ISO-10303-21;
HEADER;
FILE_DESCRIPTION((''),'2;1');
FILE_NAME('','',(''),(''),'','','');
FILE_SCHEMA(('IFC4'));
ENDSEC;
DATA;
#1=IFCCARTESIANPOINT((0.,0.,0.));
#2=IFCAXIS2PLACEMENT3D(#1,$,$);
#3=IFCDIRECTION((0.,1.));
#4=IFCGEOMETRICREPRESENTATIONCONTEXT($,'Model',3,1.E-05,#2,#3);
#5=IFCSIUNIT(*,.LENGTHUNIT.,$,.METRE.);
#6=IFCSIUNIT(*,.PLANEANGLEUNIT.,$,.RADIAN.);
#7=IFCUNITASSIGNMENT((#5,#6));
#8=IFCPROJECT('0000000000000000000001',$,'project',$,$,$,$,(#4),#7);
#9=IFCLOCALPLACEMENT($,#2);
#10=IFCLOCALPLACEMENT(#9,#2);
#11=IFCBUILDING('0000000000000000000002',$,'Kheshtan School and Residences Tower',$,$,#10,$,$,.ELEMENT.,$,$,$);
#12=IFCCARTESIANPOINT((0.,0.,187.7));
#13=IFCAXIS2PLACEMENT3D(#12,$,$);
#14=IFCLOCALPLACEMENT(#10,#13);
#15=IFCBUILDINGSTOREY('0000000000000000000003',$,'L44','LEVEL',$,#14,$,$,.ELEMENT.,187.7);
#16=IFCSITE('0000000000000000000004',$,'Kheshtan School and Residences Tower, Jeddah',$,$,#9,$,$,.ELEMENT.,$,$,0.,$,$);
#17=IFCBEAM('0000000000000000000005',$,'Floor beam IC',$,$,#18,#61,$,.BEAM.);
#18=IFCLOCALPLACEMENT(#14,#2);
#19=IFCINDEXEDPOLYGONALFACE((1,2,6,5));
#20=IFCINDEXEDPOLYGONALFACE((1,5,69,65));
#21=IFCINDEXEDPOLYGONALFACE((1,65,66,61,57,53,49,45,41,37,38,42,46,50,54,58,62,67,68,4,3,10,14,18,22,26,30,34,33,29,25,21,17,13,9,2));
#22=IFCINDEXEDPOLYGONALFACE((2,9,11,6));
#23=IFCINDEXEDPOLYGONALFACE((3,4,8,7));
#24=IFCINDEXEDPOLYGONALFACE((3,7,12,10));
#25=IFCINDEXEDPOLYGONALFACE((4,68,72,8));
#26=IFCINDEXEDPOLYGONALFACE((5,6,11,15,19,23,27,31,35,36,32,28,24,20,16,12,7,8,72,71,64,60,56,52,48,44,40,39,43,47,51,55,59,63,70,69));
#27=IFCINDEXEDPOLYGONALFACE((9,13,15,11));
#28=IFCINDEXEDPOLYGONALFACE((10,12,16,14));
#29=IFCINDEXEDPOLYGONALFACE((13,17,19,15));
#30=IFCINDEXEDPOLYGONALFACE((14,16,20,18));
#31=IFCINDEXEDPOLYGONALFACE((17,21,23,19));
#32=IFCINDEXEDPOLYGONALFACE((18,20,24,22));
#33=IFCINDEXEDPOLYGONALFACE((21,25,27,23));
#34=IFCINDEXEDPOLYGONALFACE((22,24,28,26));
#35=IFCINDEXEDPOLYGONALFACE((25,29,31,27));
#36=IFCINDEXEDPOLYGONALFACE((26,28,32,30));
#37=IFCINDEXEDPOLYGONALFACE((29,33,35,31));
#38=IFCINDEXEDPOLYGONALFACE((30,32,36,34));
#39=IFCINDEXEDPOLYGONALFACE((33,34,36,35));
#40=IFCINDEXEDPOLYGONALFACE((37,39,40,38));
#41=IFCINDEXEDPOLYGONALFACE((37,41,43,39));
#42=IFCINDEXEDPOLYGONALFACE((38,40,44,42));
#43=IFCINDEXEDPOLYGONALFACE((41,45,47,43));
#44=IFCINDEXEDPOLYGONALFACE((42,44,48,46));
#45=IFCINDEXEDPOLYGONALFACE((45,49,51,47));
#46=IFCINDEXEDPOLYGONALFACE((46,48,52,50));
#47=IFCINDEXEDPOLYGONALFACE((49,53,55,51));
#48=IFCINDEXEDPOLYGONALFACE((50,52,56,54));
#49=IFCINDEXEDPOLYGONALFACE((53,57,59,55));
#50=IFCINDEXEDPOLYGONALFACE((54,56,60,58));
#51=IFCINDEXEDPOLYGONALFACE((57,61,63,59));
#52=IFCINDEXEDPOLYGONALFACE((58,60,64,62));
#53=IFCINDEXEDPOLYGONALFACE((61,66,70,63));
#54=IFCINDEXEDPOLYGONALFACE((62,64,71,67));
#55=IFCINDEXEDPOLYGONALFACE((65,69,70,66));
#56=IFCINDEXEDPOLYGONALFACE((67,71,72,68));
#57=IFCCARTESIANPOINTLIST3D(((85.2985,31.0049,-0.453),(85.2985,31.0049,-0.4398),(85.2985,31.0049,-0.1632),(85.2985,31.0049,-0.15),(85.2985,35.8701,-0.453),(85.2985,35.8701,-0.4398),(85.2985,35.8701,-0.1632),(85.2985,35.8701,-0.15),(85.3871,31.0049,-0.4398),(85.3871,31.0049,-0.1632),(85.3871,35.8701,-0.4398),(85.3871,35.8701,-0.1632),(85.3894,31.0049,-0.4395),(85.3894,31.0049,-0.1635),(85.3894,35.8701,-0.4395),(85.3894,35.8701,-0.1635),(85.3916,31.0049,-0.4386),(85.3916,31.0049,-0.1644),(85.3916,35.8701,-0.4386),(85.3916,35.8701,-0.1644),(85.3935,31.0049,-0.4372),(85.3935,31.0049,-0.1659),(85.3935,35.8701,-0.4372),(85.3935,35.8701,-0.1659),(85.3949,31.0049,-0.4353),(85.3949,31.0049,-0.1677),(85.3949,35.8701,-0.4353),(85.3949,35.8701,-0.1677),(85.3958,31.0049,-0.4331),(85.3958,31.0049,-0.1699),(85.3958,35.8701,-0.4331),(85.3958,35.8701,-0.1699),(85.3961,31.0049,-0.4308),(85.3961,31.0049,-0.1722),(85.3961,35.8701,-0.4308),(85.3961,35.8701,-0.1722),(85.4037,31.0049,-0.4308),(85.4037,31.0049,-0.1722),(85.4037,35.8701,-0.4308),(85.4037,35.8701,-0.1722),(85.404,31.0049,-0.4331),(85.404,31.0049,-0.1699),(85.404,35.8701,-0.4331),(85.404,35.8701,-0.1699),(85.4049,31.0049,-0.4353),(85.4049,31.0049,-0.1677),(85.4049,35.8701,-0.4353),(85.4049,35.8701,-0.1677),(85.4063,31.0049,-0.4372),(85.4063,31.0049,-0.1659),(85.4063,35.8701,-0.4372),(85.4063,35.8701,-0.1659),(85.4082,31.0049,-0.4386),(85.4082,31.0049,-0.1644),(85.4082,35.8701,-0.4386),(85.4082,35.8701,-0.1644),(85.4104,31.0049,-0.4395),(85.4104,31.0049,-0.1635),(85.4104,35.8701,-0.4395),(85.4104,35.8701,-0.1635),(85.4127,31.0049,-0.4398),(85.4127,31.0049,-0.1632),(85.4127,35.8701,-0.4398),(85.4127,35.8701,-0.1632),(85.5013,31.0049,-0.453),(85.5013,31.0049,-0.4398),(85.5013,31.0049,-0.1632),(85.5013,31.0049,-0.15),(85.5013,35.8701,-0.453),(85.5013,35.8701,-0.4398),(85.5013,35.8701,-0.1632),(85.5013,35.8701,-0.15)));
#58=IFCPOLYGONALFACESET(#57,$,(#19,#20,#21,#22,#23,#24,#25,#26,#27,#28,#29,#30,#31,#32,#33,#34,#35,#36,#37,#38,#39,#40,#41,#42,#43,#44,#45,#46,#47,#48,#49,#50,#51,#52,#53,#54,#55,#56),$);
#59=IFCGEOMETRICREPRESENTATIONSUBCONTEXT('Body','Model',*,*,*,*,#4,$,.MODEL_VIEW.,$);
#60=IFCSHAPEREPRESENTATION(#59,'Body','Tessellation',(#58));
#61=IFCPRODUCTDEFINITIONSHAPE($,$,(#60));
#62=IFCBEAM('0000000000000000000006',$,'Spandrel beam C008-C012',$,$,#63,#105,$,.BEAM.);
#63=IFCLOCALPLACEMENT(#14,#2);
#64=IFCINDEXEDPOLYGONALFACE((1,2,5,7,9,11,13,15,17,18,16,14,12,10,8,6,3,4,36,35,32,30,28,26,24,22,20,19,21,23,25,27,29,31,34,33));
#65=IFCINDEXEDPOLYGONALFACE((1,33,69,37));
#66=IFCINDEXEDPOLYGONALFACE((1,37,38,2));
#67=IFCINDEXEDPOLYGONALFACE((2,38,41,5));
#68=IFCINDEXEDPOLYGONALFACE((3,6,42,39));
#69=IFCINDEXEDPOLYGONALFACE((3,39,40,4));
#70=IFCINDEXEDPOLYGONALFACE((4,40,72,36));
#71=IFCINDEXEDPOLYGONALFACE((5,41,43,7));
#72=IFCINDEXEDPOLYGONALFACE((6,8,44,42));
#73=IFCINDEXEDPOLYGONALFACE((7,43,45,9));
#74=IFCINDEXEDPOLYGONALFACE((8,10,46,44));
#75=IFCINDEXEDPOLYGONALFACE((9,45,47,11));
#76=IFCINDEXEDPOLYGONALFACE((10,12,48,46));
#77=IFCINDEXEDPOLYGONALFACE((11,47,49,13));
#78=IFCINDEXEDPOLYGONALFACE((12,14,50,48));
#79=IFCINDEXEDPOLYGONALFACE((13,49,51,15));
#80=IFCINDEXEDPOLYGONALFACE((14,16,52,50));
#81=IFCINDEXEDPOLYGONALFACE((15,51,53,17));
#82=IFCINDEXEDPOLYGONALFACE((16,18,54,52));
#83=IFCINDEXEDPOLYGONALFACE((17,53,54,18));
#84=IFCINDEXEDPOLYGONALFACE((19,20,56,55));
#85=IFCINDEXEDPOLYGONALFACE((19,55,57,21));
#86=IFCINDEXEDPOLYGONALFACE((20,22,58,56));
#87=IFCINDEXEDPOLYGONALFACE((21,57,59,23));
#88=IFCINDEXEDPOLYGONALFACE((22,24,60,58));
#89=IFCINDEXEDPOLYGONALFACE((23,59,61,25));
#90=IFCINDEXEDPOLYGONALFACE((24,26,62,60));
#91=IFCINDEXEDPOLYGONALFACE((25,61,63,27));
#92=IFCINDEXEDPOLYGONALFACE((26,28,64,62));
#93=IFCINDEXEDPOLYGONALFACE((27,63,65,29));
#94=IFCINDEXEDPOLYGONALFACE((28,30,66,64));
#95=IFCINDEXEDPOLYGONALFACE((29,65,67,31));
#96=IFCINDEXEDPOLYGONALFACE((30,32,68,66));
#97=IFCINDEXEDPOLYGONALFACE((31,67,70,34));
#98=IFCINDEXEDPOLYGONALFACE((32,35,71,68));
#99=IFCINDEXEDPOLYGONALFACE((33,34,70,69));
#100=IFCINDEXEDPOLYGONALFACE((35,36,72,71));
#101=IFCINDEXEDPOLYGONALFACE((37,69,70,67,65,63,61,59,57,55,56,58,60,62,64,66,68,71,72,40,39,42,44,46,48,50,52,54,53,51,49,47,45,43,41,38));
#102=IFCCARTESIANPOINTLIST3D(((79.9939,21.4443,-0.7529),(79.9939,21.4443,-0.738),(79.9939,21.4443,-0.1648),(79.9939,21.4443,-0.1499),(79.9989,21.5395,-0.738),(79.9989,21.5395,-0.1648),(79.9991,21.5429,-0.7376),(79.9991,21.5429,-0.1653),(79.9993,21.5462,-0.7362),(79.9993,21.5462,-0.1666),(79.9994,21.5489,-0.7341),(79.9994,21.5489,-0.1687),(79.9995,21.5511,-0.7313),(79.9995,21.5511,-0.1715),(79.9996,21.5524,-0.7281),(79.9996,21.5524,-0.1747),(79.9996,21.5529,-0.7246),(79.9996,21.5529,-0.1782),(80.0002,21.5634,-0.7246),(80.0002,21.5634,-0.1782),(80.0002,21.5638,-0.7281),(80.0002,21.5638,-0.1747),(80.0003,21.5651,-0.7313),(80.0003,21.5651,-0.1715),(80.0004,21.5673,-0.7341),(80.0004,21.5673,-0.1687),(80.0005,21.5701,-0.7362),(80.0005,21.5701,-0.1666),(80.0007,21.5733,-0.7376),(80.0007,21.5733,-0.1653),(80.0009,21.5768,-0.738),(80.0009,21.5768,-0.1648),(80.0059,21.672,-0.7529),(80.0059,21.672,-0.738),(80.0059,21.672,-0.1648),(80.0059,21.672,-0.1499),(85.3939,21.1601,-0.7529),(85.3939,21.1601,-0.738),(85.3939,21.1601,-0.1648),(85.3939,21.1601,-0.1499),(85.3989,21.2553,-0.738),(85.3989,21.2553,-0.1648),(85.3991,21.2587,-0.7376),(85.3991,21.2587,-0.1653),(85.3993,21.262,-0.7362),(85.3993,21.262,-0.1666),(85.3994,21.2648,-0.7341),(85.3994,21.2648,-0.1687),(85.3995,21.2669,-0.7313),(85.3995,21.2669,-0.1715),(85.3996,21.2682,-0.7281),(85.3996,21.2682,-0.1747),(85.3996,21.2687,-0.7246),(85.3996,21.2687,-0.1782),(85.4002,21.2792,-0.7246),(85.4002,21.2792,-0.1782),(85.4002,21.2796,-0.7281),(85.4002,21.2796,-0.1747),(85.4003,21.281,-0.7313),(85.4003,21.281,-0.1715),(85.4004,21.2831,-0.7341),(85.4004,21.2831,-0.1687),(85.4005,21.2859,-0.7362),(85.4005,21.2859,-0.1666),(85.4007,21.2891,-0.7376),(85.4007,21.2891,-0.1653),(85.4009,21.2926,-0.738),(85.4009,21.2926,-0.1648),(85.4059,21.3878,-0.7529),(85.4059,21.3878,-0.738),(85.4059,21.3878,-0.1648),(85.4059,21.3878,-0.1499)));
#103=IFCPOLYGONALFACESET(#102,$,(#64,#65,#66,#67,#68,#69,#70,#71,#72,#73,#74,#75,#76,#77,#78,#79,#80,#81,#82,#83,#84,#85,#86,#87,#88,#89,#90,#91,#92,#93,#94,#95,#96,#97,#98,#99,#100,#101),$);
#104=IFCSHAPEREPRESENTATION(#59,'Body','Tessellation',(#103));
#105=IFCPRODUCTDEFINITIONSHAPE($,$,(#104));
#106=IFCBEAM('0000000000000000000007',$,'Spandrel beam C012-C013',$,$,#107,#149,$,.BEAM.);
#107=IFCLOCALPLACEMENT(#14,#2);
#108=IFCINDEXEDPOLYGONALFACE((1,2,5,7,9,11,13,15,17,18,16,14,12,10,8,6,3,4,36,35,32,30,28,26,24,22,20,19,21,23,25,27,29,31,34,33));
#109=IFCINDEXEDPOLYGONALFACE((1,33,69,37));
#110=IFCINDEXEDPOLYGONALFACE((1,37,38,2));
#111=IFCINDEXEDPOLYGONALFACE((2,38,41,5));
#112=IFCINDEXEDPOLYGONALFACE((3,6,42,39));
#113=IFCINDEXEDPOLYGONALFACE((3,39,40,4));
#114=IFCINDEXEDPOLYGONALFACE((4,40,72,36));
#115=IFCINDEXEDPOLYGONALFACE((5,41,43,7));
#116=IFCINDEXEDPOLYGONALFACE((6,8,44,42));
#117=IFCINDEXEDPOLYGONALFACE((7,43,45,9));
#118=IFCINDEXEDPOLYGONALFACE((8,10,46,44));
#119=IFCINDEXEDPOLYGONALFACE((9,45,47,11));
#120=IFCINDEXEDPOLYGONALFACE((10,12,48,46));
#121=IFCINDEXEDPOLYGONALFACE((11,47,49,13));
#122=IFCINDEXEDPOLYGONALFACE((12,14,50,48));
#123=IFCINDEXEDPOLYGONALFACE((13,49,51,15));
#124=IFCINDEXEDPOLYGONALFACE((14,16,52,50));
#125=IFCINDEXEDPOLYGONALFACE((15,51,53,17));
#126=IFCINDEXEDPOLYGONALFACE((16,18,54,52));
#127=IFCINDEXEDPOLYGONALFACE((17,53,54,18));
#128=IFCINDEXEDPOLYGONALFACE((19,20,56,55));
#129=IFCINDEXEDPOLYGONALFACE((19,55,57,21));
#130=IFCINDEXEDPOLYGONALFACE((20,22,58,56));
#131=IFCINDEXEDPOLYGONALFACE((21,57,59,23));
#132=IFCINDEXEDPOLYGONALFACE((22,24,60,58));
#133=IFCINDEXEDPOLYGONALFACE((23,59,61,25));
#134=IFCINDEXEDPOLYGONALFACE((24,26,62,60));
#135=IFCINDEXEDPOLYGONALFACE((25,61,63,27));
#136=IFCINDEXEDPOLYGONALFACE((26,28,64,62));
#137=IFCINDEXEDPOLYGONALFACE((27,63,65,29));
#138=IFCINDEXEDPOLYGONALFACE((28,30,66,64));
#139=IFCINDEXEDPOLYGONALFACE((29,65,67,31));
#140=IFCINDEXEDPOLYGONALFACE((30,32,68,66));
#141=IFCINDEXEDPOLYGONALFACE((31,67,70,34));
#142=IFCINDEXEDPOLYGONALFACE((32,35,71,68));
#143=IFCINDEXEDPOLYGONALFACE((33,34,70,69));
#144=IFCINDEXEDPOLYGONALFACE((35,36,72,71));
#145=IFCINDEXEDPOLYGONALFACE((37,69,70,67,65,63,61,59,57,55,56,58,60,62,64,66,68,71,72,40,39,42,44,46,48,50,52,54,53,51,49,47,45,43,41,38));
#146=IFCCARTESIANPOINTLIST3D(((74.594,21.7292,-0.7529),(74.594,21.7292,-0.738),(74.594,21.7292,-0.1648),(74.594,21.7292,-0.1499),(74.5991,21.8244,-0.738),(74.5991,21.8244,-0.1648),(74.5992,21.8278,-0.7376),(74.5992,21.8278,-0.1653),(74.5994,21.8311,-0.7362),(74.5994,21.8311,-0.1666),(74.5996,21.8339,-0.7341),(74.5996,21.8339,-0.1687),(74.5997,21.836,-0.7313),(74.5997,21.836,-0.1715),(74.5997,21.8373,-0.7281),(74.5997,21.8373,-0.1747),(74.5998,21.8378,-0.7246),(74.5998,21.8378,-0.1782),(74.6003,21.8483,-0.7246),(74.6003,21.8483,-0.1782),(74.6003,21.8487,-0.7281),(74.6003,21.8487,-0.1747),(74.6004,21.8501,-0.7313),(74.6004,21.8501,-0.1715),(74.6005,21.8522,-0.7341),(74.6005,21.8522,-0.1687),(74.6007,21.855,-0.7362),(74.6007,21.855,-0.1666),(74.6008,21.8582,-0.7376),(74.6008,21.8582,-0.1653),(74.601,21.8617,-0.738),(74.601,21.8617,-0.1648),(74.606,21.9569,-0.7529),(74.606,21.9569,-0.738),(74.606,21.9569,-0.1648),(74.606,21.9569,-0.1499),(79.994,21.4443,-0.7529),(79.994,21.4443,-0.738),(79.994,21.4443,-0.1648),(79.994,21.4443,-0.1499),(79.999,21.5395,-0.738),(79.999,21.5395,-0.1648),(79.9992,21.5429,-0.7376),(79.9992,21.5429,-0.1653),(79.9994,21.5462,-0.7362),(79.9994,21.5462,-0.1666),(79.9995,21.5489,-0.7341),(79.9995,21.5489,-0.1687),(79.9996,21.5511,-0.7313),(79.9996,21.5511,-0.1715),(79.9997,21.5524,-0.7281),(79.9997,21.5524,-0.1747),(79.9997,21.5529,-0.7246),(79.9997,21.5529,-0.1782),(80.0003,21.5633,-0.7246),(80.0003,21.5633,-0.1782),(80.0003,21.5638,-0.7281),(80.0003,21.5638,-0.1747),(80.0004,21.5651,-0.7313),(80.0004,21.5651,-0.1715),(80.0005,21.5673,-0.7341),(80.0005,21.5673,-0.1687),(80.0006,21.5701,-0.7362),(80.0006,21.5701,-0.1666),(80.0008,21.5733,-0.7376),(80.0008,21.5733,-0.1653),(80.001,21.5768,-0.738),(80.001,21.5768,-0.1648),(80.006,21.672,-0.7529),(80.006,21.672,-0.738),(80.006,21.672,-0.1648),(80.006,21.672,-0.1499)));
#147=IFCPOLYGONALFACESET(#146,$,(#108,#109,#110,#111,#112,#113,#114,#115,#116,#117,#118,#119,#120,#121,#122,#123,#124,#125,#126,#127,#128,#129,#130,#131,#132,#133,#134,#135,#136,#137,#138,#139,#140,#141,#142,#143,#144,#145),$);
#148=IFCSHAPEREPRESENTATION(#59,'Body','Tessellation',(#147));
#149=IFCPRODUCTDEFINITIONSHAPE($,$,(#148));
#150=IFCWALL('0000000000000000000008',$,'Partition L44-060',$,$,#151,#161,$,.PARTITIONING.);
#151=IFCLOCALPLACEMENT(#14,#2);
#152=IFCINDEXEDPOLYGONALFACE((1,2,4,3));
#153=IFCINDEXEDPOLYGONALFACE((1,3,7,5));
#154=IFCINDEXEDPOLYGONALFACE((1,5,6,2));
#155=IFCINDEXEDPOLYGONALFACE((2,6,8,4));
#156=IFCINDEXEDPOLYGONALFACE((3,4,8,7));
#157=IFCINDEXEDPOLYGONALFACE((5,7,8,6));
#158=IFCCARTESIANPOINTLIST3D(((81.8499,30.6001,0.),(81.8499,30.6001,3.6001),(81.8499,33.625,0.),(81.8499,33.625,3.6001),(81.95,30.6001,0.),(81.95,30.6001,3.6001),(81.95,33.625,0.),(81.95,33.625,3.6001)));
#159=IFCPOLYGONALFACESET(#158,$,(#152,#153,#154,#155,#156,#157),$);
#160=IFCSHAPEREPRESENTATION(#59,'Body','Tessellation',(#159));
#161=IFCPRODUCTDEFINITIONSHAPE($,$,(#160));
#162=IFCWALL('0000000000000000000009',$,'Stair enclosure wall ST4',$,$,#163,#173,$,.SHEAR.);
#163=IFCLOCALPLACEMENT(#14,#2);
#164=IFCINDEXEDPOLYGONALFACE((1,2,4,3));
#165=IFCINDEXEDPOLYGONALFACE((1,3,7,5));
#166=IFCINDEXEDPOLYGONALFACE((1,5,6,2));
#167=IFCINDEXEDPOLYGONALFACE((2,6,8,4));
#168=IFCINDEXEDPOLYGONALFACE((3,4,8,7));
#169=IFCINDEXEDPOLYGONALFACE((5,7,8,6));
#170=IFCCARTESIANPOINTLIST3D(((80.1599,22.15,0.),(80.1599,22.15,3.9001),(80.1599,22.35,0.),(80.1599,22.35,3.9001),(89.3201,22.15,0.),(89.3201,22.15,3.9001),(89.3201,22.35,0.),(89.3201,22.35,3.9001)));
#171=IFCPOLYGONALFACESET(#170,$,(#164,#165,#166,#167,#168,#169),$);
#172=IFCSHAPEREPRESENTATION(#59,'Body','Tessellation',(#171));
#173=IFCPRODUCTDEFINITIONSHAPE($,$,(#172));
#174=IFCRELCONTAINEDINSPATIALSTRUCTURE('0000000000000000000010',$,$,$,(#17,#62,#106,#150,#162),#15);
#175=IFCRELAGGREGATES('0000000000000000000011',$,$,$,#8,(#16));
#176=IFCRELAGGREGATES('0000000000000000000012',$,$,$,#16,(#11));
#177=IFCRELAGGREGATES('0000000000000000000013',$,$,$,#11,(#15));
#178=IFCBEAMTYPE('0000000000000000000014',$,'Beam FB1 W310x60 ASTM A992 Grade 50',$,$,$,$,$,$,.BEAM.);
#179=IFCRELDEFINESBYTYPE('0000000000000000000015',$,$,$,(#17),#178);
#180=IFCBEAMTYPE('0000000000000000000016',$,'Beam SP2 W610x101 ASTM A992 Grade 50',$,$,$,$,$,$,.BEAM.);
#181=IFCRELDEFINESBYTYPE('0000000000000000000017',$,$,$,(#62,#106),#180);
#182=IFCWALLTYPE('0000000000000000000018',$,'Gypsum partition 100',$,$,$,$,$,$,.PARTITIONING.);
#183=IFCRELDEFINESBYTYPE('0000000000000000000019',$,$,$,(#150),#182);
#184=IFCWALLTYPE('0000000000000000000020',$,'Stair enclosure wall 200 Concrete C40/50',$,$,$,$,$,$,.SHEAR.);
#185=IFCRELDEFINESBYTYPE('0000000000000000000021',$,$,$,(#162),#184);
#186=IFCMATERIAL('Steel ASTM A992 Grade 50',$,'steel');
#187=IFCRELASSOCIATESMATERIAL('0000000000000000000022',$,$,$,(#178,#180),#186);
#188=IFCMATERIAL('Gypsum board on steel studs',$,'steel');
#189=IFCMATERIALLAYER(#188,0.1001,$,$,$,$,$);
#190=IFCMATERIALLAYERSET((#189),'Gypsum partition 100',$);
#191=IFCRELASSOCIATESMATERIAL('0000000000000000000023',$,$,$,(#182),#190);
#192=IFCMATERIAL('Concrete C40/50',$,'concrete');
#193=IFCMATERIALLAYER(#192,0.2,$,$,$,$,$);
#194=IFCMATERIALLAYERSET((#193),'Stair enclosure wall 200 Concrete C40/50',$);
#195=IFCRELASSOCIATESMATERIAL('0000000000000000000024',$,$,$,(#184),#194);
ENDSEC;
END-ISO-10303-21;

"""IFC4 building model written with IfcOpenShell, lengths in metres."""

from ifc_helpers import new_model, si_unit, direction, frame, frame_2d, origin, origin_2d, place, context, subcontext, project, spatial, rectangle, i_section, extrude, material, layer, layer_set, material_profile, profile_set, type_object, element, save


model = new_model("IFC4")

# Units and contexts
model_context = context("Model", 3, precision=1e-05, world=origin(), true_north=direction((0.0, 1.0)))
body_context = subcontext(model_context, "Body", "Model", "MODEL_VIEW")
ifc_project = project(units=[si_unit("LENGTHUNIT", "METRE"), si_unit("PLANEANGLEUNIT", "RADIAN")], contexts=[model_context])

# Site, building, storey
site_placement = place(None, origin())
site = spatial("IfcSite", under=ifc_project, at=site_placement, Name="Kheshtan School and Residences Tower, Jeddah", CompositionType="ELEMENT", RefElevation=0.0)
building_placement = place(site_placement, origin())
building = spatial("IfcBuilding", under=site, at=building_placement, Name="Kheshtan School and Residences Tower", CompositionType="ELEMENT")
storey_placement = place(building_placement, frame((0.0, 0.0, 187.7)))
storey = spatial("IfcBuildingStorey", under=building, at=storey_placement, Name="L44", Description="LEVEL", CompositionType="ELEMENT", Elevation=187.7)

# Shared definitions
ifc_material_1 = material(Name="Steel ASTM A992 Grade 50", Category="steel")

# Beams
ifc_material_profile_1 = material_profile(ifc_material_1, i_section(OverallWidth=0.2029, OverallDepth=0.303, WebThickness=0.0076, FlangeThickness=0.0132, FilletRadius=0.009, at=origin_2d()), Name="W310x60")
ifc_profile_set_1 = profile_set([ifc_material_profile_1], Name="Steel ASTM A992 Grade 50")
beam_type_1 = type_object("IfcBeamType", Name="Beam FB1 W310x60 ASTM A992 Grade 50", PredefinedType="BEAM", material=ifc_profile_set_1)
beam_placement = place(storey_placement, frame((85.3999, 31.0049, -0.3015), z_axis=(0.0, 1.0, 0.0), x_axis=(-1.0, 0.0, 0.0)))
element("IfcBeam", 1, at=beam_placement, inside=storey, type_object=beam_type_1, Name="Floor beam IC", PredefinedType="BEAM", context=body_context, shape_type="SweptSolid", body=[
    extrude(i_section(OverallWidth=0.2029, OverallDepth=0.303, WebThickness=0.0076, FlangeThickness=0.0132, FilletRadius=0.009, at=origin_2d()), origin(), (0.0, 0.0, 1.0), 4.8652),
])
ifc_material_profile_2 = material_profile(ifc_material_1, i_section(OverallWidth=0.228, OverallDepth=0.603, WebThickness=0.0105, FlangeThickness=0.0149, FilletRadius=0.0134, at=origin_2d()), Name="W610x101")
ifc_profile_set_2 = profile_set([ifc_material_profile_2], Name="Steel ASTM A992 Grade 50")
beam_type_2 = type_object("IfcBeamType", Name="Beam SP2 W610x101 ASTM A992 Grade 50", PredefinedType="BEAM", material=ifc_profile_set_2)
for number, where, z_axis, x_axis, name in (
    (2, (85.3999, 21.2739, -0.4514), (-0.998618, 0.052554, 0.0), (-0.052554, -0.998618, 0.0), "Spandrel beam C008-C012"),
    (3, (80.0, 21.5581, -0.4514), (-0.998611, 0.052689, 0.0), (-0.052689, -0.998611, 0.0), "Spandrel beam C012-C013"),
):
    element("IfcBeam", number, at=place(storey_placement, frame(where, z_axis=z_axis, x_axis=x_axis)), inside=storey, type_object=beam_type_2, Name=name, PredefinedType="BEAM", context=body_context, shape_type="SweptSolid", body=[
        extrude(i_section(OverallWidth=0.228, OverallDepth=0.603, WebThickness=0.0105, FlangeThickness=0.0149, FilletRadius=0.0134, at=origin_2d()), origin(), (0.0, 0.0, 1.0), 5.4075),
    ])

# Walls
ifc_material_2 = material(Name="Gypsum board on steel studs", Category="steel")
ifc_layer_1 = layer(ifc_material_2, 0.1001)
ifc_layer_set_1 = layer_set([ifc_layer_1], Name="Gypsum partition 100")
wall_type_1 = type_object("IfcWallType", Name="Gypsum partition 100", PredefinedType="PARTITIONING", material=ifc_layer_set_1)
wall_1_placement = place(storey_placement, frame((81.8999, 30.6001, 0.0), z_axis=(0.0, 0.0, 1.0), x_axis=(0.0, 1.0, 0.0)))
element("IfcWall", 4, at=wall_1_placement, inside=storey, type_object=wall_type_1, Name="Partition L44-060", PredefinedType="PARTITIONING", context=body_context, shape_type="SweptSolid", body=[
    extrude(rectangle(XDim=3.0249, YDim=0.1001, at=frame_2d((1.5125, 0.0))), origin(), (0.0, 0.0, 1.0), 3.6001),
])
ifc_material_3 = material(Name="Concrete C40/50", Category="concrete")
ifc_layer_2 = layer(ifc_material_3, 0.2)
ifc_layer_set_2 = layer_set([ifc_layer_2], Name="Stair enclosure wall 200 Concrete C40/50")
wall_type_2 = type_object("IfcWallType", Name="Stair enclosure wall 200 Concrete C40/50", PredefinedType="SHEAR", material=ifc_layer_set_2)
wall_2_placement = place(storey_placement, frame((80.1599, 22.25, 0.0), z_axis=(0.0, 0.0, 1.0), x_axis=(1.0, 0.0, 0.0)))
element("IfcWall", 5, at=wall_2_placement, inside=storey, type_object=wall_type_2, Name="Stair enclosure wall ST4", PredefinedType="SHEAR", context=body_context, shape_type="SweptSolid", body=[
    extrude(rectangle(XDim=9.1602, YDim=0.2, at=frame_2d((4.5801, 0.0))), origin(), (0.0, 0.0, 1.0), 3.9001),
])

save(model, "model.ifc")
